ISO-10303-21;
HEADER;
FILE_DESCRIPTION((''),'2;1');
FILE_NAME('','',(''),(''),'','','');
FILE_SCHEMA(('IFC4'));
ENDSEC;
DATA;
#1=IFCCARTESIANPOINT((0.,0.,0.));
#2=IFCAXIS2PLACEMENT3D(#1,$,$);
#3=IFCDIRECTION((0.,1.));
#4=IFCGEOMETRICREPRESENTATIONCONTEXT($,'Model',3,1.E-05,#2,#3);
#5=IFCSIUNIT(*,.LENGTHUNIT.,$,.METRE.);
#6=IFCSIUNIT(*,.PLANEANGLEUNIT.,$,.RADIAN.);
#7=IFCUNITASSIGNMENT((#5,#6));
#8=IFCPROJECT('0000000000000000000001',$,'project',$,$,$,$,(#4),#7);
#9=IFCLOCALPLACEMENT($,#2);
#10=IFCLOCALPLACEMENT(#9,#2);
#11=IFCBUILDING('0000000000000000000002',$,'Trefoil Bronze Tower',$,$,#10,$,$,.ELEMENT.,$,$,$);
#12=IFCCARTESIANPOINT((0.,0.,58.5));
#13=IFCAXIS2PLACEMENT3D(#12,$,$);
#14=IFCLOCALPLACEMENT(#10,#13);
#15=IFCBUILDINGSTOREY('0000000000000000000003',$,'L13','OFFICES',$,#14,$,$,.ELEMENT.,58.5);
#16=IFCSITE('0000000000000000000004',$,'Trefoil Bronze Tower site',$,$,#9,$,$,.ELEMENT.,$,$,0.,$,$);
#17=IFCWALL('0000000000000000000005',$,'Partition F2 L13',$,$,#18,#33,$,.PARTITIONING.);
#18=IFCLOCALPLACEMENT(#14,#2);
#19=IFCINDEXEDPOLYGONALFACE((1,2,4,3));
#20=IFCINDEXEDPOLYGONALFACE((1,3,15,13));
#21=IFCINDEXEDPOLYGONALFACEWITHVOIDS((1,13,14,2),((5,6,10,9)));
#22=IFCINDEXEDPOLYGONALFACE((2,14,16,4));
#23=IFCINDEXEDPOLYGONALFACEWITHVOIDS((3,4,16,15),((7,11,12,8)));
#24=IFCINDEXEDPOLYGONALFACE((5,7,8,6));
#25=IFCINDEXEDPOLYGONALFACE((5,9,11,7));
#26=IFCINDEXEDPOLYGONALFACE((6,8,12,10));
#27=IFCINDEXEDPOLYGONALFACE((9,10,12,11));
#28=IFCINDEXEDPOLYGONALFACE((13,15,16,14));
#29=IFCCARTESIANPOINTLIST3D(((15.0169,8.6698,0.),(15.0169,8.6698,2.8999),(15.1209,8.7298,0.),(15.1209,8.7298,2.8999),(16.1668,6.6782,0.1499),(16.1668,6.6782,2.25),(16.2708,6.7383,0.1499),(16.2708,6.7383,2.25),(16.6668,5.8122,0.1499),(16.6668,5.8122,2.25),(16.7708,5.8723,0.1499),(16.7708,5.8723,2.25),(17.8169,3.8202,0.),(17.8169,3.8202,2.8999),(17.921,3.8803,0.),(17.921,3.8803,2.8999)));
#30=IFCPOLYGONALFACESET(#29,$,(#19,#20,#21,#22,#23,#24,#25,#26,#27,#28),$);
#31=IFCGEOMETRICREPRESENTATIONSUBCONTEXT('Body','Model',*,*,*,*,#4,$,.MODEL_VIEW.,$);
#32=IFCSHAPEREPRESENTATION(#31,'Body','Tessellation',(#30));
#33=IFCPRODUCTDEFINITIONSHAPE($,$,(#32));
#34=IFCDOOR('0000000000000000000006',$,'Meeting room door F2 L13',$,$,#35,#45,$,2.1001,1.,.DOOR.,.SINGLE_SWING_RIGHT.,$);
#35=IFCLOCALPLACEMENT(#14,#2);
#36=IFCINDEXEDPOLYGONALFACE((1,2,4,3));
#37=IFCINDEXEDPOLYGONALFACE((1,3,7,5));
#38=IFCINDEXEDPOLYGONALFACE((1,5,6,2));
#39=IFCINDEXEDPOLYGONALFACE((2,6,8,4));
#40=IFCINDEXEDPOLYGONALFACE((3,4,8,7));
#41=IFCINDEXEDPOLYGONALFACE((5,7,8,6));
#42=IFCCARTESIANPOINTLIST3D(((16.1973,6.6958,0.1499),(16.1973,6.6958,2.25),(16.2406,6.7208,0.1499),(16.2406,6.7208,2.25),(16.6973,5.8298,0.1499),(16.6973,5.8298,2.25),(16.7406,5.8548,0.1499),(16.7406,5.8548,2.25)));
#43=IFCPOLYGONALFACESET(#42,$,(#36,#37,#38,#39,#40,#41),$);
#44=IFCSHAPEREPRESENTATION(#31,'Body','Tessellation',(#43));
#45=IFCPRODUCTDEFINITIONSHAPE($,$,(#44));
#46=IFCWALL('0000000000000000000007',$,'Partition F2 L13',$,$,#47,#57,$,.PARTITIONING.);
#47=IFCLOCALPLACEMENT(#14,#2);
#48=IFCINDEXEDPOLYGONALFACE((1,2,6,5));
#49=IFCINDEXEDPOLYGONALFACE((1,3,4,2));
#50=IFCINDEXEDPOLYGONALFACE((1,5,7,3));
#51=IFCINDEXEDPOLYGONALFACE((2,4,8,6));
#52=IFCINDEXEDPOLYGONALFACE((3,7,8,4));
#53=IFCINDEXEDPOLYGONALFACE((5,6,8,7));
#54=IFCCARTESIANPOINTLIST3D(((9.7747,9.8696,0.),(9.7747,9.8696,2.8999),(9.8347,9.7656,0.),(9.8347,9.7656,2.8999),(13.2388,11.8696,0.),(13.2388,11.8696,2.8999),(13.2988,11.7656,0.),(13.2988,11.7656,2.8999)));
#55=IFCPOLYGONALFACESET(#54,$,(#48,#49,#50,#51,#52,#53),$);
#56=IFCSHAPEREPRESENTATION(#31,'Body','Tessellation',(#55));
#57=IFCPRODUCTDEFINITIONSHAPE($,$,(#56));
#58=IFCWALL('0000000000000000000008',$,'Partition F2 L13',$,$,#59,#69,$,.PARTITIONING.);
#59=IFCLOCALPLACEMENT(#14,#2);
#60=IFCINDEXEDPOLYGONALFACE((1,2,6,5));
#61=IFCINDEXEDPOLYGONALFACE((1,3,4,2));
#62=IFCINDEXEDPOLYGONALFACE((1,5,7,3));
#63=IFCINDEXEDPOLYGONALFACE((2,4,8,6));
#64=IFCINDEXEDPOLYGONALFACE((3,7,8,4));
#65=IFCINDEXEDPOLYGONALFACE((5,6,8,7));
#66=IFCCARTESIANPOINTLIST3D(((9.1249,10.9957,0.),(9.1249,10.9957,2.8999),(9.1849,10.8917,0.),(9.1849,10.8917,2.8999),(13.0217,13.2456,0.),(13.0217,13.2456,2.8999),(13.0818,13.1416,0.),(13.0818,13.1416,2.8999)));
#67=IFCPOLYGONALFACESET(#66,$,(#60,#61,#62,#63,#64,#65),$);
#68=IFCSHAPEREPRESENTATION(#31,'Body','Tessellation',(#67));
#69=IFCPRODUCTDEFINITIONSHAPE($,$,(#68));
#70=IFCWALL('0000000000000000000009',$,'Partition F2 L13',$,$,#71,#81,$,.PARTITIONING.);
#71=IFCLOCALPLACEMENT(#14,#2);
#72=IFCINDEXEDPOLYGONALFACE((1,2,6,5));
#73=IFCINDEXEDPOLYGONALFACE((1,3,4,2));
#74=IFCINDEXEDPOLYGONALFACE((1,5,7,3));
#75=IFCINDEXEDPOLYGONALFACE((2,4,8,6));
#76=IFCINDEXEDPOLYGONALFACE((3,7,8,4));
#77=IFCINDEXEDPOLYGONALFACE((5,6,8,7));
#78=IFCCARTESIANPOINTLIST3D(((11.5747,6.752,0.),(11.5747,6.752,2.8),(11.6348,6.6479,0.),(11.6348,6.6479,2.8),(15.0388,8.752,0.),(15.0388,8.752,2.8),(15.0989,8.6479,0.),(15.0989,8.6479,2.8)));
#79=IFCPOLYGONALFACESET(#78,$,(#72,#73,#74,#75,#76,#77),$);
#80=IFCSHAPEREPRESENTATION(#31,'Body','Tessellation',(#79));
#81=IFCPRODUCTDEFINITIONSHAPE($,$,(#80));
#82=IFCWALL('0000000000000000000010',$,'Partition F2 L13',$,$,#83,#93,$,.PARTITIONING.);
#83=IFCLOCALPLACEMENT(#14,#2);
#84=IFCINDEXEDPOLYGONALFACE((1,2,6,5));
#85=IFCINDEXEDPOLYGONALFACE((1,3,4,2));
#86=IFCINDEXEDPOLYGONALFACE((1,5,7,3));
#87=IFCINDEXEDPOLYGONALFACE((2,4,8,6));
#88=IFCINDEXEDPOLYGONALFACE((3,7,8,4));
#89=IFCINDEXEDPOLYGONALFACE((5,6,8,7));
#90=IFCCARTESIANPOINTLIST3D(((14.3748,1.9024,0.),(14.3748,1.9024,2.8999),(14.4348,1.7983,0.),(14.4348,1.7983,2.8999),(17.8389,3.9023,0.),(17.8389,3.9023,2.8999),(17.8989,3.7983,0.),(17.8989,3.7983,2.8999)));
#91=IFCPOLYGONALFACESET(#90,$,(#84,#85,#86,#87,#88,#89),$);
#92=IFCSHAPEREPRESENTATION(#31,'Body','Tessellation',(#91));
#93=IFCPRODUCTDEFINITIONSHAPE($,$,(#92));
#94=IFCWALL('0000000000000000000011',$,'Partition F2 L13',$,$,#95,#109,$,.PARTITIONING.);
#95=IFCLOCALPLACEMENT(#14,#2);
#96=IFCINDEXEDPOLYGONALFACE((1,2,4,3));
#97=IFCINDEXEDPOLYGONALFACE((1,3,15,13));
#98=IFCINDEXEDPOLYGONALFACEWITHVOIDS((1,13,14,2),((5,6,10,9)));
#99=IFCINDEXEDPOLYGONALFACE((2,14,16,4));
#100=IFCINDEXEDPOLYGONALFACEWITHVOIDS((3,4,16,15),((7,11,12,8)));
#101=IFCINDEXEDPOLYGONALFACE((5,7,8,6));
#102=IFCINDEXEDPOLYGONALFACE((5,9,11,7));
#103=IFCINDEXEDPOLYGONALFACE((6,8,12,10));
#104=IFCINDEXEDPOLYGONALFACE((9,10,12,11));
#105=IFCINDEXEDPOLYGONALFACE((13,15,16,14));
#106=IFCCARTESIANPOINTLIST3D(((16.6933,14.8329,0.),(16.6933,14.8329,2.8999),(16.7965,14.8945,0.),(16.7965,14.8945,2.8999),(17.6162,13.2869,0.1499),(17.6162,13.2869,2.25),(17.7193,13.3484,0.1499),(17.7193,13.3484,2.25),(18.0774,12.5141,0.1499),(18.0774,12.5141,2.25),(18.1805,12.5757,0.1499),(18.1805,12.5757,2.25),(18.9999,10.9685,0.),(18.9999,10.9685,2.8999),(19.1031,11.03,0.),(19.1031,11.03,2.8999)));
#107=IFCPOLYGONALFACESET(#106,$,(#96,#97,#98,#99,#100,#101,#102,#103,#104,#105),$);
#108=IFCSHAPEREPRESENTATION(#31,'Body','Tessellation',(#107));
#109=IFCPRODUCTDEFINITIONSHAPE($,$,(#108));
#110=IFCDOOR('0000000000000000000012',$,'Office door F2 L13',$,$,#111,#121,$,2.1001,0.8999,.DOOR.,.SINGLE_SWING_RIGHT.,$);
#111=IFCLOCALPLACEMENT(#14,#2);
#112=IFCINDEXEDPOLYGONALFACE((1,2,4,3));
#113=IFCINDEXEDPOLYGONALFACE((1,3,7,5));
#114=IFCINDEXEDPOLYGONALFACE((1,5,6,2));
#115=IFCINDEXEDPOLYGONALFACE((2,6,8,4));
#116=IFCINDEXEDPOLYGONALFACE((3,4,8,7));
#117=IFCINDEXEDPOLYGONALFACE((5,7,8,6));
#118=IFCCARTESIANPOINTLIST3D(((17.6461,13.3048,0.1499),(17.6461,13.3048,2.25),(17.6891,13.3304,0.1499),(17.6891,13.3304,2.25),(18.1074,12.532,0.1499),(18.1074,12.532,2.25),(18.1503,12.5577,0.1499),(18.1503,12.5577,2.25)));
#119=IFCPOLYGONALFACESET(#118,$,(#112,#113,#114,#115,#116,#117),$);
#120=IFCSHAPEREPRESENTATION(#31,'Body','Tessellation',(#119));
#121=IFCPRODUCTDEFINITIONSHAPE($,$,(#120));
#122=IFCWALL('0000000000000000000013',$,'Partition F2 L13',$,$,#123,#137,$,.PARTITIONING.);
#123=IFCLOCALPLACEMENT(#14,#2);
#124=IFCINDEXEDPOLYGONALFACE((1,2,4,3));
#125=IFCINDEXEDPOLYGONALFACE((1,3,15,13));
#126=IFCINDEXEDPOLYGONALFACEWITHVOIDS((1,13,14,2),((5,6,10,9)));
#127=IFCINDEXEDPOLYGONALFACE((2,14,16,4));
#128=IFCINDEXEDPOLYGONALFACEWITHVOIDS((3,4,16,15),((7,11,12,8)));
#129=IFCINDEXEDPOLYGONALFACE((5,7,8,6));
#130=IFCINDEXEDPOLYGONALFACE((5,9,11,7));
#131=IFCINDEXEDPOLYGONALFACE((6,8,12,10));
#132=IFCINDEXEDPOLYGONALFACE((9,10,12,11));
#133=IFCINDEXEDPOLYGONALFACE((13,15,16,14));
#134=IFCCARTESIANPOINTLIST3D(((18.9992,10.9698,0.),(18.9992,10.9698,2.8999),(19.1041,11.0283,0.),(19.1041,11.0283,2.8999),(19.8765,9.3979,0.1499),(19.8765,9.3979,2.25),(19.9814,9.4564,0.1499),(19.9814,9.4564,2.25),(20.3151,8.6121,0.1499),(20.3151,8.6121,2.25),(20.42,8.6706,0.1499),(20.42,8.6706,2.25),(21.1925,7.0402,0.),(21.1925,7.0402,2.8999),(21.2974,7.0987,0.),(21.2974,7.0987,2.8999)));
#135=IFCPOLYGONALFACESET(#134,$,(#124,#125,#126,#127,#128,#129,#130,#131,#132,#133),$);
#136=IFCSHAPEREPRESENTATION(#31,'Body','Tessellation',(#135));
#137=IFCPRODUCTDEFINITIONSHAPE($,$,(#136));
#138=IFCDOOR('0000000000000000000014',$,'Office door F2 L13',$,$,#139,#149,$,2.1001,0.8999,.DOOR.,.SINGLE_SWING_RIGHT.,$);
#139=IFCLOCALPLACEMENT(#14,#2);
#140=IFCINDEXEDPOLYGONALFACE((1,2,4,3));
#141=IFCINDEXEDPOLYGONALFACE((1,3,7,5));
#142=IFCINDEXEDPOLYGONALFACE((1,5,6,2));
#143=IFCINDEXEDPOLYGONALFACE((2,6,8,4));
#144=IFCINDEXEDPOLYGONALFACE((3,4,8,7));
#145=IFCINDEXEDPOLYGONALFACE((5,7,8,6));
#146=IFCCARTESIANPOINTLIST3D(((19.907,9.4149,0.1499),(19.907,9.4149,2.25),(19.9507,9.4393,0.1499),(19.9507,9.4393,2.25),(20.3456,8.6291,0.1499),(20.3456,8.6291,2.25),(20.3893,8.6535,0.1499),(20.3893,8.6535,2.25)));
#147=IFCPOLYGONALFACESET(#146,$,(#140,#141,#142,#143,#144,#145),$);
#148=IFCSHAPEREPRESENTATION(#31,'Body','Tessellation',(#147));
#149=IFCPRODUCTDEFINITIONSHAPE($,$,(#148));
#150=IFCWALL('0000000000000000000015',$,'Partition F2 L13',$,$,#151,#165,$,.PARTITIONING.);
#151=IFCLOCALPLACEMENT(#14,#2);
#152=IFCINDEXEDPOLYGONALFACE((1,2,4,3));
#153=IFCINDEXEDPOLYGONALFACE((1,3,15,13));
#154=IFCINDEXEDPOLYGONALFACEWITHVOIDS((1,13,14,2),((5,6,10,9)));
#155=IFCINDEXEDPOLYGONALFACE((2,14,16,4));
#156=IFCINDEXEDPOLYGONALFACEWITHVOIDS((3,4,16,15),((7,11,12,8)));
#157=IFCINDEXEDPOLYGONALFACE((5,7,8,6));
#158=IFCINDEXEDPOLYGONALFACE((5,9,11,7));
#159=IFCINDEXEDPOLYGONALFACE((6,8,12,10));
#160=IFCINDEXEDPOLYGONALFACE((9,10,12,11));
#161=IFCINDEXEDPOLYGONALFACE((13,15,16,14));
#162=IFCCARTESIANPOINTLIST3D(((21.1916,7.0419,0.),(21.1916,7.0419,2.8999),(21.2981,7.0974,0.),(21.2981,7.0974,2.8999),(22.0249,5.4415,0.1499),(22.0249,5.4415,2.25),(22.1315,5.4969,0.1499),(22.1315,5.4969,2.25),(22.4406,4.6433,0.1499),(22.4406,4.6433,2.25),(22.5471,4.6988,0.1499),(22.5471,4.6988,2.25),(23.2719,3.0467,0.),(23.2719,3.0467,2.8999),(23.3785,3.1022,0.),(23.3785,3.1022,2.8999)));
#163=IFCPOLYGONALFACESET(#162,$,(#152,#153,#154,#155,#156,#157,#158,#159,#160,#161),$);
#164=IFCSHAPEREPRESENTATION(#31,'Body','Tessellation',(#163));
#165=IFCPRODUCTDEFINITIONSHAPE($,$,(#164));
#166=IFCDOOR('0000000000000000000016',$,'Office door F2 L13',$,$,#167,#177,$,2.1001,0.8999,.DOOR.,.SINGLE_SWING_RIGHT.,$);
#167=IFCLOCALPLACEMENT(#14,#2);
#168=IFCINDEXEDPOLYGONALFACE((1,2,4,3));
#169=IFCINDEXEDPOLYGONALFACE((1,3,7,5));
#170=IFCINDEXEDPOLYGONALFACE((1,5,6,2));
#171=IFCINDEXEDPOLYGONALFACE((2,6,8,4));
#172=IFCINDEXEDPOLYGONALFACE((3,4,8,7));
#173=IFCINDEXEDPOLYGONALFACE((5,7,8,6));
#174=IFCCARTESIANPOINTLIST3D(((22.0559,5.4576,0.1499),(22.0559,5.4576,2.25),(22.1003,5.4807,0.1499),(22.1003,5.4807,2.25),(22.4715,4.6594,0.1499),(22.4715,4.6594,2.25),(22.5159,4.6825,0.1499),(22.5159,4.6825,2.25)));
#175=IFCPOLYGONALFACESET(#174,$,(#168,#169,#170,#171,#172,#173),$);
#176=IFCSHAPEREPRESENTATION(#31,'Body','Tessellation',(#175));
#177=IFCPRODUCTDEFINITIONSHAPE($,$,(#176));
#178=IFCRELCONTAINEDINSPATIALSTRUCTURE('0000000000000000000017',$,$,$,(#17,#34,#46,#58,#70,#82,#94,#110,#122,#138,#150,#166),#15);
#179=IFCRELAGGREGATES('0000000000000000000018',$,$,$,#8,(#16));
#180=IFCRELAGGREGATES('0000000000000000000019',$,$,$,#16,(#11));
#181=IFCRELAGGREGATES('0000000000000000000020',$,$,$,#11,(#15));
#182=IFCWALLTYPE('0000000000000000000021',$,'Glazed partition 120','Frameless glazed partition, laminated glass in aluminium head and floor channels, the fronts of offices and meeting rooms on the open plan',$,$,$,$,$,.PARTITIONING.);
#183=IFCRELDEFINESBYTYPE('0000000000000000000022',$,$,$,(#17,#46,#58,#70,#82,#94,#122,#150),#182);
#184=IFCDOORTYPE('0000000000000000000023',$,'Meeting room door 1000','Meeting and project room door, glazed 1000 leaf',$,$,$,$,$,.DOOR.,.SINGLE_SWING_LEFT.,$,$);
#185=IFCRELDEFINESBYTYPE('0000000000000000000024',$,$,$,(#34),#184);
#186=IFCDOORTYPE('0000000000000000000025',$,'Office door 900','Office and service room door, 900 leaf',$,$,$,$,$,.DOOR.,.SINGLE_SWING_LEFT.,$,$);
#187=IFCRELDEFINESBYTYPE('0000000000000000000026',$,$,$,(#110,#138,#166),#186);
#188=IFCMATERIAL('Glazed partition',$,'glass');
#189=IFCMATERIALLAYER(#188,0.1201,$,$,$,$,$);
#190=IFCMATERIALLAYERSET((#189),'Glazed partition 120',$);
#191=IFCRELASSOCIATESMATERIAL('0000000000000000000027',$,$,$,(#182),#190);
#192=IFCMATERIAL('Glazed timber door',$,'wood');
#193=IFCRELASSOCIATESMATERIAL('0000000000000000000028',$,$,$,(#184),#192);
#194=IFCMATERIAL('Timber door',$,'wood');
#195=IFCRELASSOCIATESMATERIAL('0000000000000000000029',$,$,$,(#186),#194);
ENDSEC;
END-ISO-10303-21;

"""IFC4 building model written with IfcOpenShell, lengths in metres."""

from ifc_helpers import new_model, si_unit, direction, frame, frame_2d, origin, place, context, subcontext, project, spatial, rectangle, extrude, material, layer, layer_set, type_object, element, fill, save


model = new_model("IFC4")

# Units and contexts
model_context = context("Model", 3, precision=1e-05, world=origin(), true_north=direction((0.0, 1.0)))
body_context = subcontext(model_context, "Body", "Model", "MODEL_VIEW")
ifc_project = project(units=[si_unit("LENGTHUNIT", "METRE"), si_unit("PLANEANGLEUNIT", "RADIAN")], contexts=[model_context])

# Site, building, storey
site_placement = place(None, origin())
site = spatial("IfcSite", under=ifc_project, at=site_placement, Name="Trefoil Bronze Tower site", CompositionType="ELEMENT", RefElevation=0.0)
building_placement = place(site_placement, origin())
building = spatial("IfcBuilding", under=site, at=building_placement, Name="Trefoil Bronze Tower", CompositionType="ELEMENT")
storey_placement = place(building_placement, frame((0.0, 0.0, 58.5)))
storey = spatial("IfcBuildingStorey", under=building, at=storey_placement, Name="L13", Description="OFFICES", CompositionType="ELEMENT", Elevation=58.5)

# Wall, opening, door
ifc_material_1 = material(Name="Glazed partition", Category="glass")
ifc_layer_1 = layer(ifc_material_1, 0.1201)
ifc_layer_set_1 = layer_set([ifc_layer_1], Name="Glazed partition 120")
wall_type_1 = type_object("IfcWallType", Name="Glazed partition 120", Description="Frameless glazed partition, laminated glass in aluminium head and floor channels, the fronts of offices and meeting rooms on the open plan", PredefinedType="PARTITIONING", material=ifc_layer_set_1)
ifc_material_2 = material(Name="Glazed timber door", Category="wood")
door_type_1 = type_object("IfcDoorType", Name="Meeting room door 1000", Description="Meeting and project room door, glazed 1000 leaf", OperationType="SINGLE_SWING_LEFT", PredefinedType="DOOR", material=ifc_material_2)
wall_1_placement = place(storey_placement, frame((17.8689, 3.8503, 0.0), z_axis=(0.0, 0.0, 1.0), x_axis=(-0.500017, 0.866016, 0.0)))
wall_1 = element("IfcWall", 1, at=wall_1_placement, inside=storey, type_object=wall_type_1, Name="Partition F2 L13", PredefinedType="PARTITIONING", context=body_context, shape_type="SweptSolid", body=[
    extrude(rectangle(XDim=5.5999, YDim=0.1201, at=frame_2d((2.7998, 0.0))), origin(), (0.0, 0.0, 1.0), 2.8999),
])
opening_1_placement = place(wall_1_placement, frame((2.3, 0.0, 0.1499)))
opening_1 = element("IfcOpeningElement", 2, at=opening_1_placement, cuts=wall_1, PredefinedType="OPENING", context=body_context, shape_type="SweptSolid", body=[
    extrude(rectangle(XDim=1.0, YDim=2.1001, at=frame_2d((0.5, 1.05))), frame((0.0, 0.0701, 0.0), z_axis=(0.0, -1.0, 0.0), x_axis=(1.0, 0.0, 0.0)), (0.0, 0.0, 1.0), 0.1401),
])
door_1_placement = place(opening_1_placement, origin())
door_1 = element("IfcDoor", 3, at=door_1_placement, inside=storey, type_object=door_type_1, Name="Meeting room door F2 L13", OperationType="SINGLE_SWING_RIGHT", OverallHeight=2.1001, OverallWidth=1.0, PredefinedType="DOOR", context=body_context, shape_type="SweptSolid", body=[
    extrude(rectangle(XDim=1.0, YDim=2.1001, at=frame_2d((0.5, 1.05))), frame((0.0, 0.0249, 0.0), z_axis=(0.0, -1.0, 0.0), x_axis=(1.0, 0.0, 0.0)), (0.0, 0.0, 1.0), 0.05),
])
fill(opening_1, door_1)

# Walls
wall_2_placement = place(storey_placement, frame((9.8047, 9.8176, 0.0), z_axis=(0.0, 0.0, 1.0), x_axis=(0.866026, 0.499999, 0.0)))
element("IfcWall", 4, at=wall_2_placement, inside=storey, type_object=wall_type_1, Name="Partition F2 L13", PredefinedType="PARTITIONING", context=body_context, shape_type="SweptSolid", body=[
    extrude(rectangle(XDim=4.0, YDim=0.1201, at=frame_2d((2.0, 0.0))), origin(), (0.0, 0.0, 1.0), 2.8999),
])
wall_3_placement = place(storey_placement, frame((9.1548, 10.9436, 0.0), z_axis=(0.0, 0.0, 1.0), x_axis=(0.866018, 0.500014, 0.0)))
element("IfcWall", 5, at=wall_3_placement, inside=storey, type_object=wall_type_1, Name="Partition F2 L13", PredefinedType="PARTITIONING", context=body_context, shape_type="SweptSolid", body=[
    extrude(rectangle(XDim=4.4998, YDim=0.1201, at=frame_2d((2.25, 0.0))), origin(), (0.0, 0.0, 1.0), 2.8999),
])
wall_4_placement = place(storey_placement, frame((11.6047, 6.7, 0.0), z_axis=(0.0, 0.0, 1.0), x_axis=(0.866026, 0.499999, 0.0)))
element("IfcWall", 6, at=wall_4_placement, inside=storey, type_object=wall_type_1, Name="Partition F2 L13", PredefinedType="PARTITIONING", context=body_context, shape_type="SweptSolid", body=[
    extrude(rectangle(XDim=4.0, YDim=0.1201, at=frame_2d((2.0, 0.0))), origin(), (0.0, 0.0, 1.0), 2.8),
])
wall_5_placement = place(storey_placement, frame((14.4048, 1.8503, 0.0), z_axis=(0.0, 0.0, 1.0), x_axis=(0.866026, 0.499999, 0.0)))
element("IfcWall", 7, at=wall_5_placement, inside=storey, type_object=wall_type_1, Name="Partition F2 L13", PredefinedType="PARTITIONING", context=body_context, shape_type="SweptSolid", body=[
    extrude(rectangle(XDim=4.0, YDim=0.1201, at=frame_2d((2.0, 0.0))), origin(), (0.0, 0.0, 1.0), 2.8999),
])

# Walls, openings, doors
wall_6_placement = place(storey_placement, frame((19.0515, 10.9993, 0.0), z_axis=(0.0, 0.0, 1.0), x_axis=(-0.512524, 0.858673, 0.0)))
wall_6 = element("IfcWall", 8, at=wall_6_placement, inside=storey, type_object=wall_type_1, Name="Partition F2 L13", PredefinedType="PARTITIONING", context=body_context, shape_type="SweptSolid", body=[
    extrude(rectangle(XDim=4.5005, YDim=0.1201, at=frame_2d((2.2502, 0.0))), origin(), (0.0, 0.0, 1.0), 2.8999),
])
opening_2_placement = place(wall_6_placement, frame((1.8, 0.0, 0.1499)))
opening_2 = element("IfcOpeningElement", 9, at=opening_2_placement, cuts=wall_6, PredefinedType="OPENING", context=body_context, shape_type="SweptSolid", body=[
    extrude(rectangle(XDim=0.8999, YDim=2.1001, at=frame_2d((0.45, 1.05))), frame((0.0, 0.0701, 0.0), z_axis=(0.0, -1.0, 0.0), x_axis=(1.0, 0.0, 0.0)), (0.0, 0.0, 1.0), 0.1401),
])
ifc_material_3 = material(Name="Timber door", Category="wood")
door_type_2 = type_object("IfcDoorType", Name="Office door 900", Description="Office and service room door, 900 leaf", OperationType="SINGLE_SWING_LEFT", PredefinedType="DOOR", material=ifc_material_3)
door_2_placement = place(opening_2_placement, frame((0.8999, 0.0, 0.0), z_axis=(0.0, 0.0, 1.0), x_axis=(-1.0, 0.0, 0.0)))
door_2 = element("IfcDoor", 10, at=door_2_placement, inside=storey, type_object=door_type_2, Name="Office door F2 L13", OperationType="SINGLE_SWING_RIGHT", OverallHeight=2.1001, OverallWidth=0.8999, PredefinedType="DOOR", context=body_context, shape_type="SweptSolid", body=[
    extrude(rectangle(XDim=0.8999, YDim=2.1001, at=frame_2d((0.45, 1.05))), frame((0.0, 0.0249, 0.0), z_axis=(0.0, -1.0, 0.0), x_axis=(1.0, 0.0, 0.0)), (0.0, 0.0, 1.0), 0.05),
])
fill(opening_2, door_2)
wall_7_placement = place(storey_placement, frame((21.2449, 7.0696, 0.0), z_axis=(0.0, 0.0, 1.0), x_axis=(-0.487374, 0.873193, 0.0)))
wall_7 = element("IfcWall", 11, at=wall_7_placement, inside=storey, type_object=wall_type_1, Name="Partition F2 L13", PredefinedType="PARTITIONING", context=body_context, shape_type="SweptSolid", body=[
    extrude(rectangle(XDim=4.5002, YDim=0.1201, at=frame_2d((2.25, 0.0))), origin(), (0.0, 0.0, 1.0), 2.8999),
])
opening_3_placement = place(wall_7_placement, frame((1.8, 0.0, 0.1499)))
opening_3 = element("IfcOpeningElement", 12, at=opening_3_placement, cuts=wall_7, PredefinedType="OPENING", context=body_context, shape_type="SweptSolid", body=[
    extrude(rectangle(XDim=0.8999, YDim=2.1001, at=frame_2d((0.45, 1.05))), frame((0.0, 0.0701, 0.0), z_axis=(0.0, -1.0, 0.0), x_axis=(1.0, 0.0, 0.0)), (0.0, 0.0, 1.0), 0.1401),
])
door_3_placement = place(opening_3_placement, frame((0.8999, 0.0, 0.0), z_axis=(0.0, 0.0, 1.0), x_axis=(-1.0, 0.0, 0.0)))
door_3 = element("IfcDoor", 13, at=door_3_placement, inside=storey, type_object=door_type_2, Name="Office door F2 L13", OperationType="SINGLE_SWING_RIGHT", OverallHeight=2.1001, OverallWidth=0.8999, PredefinedType="DOOR", context=body_context, shape_type="SweptSolid", body=[
    extrude(rectangle(XDim=0.8999, YDim=2.1001, at=frame_2d((0.45, 1.05))), frame((0.0, 0.0249, 0.0), z_axis=(0.0, -1.0, 0.0), x_axis=(1.0, 0.0, 0.0)), (0.0, 0.0, 1.0), 0.05),
])
fill(opening_3, door_3)
wall_8_placement = place(storey_placement, frame((23.3252, 3.0745, 0.0), z_axis=(0.0, 0.0, 1.0), x_axis=(-0.461853, 0.886957, 0.0)))
wall_8 = element("IfcWall", 14, at=wall_8_placement, inside=storey, type_object=wall_type_1, Name="Partition F2 L13", PredefinedType="PARTITIONING", context=body_context, shape_type="SweptSolid", body=[
    extrude(rectangle(XDim=4.5044, YDim=0.1201, at=frame_2d((2.2522, 0.0))), origin(), (0.0, 0.0, 1.0), 2.8999),
])
opening_4_placement = place(wall_8_placement, frame((1.8, 0.0, 0.1499)))
opening_4 = element("IfcOpeningElement", 15, at=opening_4_placement, cuts=wall_8, PredefinedType="OPENING", context=body_context, shape_type="SweptSolid", body=[
    extrude(rectangle(XDim=0.8999, YDim=2.1001, at=frame_2d((0.45, 1.05))), frame((0.0, 0.0701, 0.0), z_axis=(0.0, -1.0, 0.0), x_axis=(1.0, 0.0, 0.0)), (0.0, 0.0, 1.0), 0.1401),
])
door_4_placement = place(opening_4_placement, frame((0.8999, 0.0, 0.0), z_axis=(0.0, 0.0, 1.0), x_axis=(-1.0, 0.0, 0.0)))
door_4 = element("IfcDoor", 16, at=door_4_placement, inside=storey, type_object=door_type_2, Name="Office door F2 L13", OperationType="SINGLE_SWING_RIGHT", OverallHeight=2.1001, OverallWidth=0.8999, PredefinedType="DOOR", context=body_context, shape_type="SweptSolid", body=[
    extrude(rectangle(XDim=0.8999, YDim=2.1001, at=frame_2d((0.45, 1.05))), frame((0.0, 0.0249, 0.0), z_axis=(0.0, -1.0, 0.0), x_axis=(1.0, 0.0, 0.0)), (0.0, 0.0, 1.0), 0.05),
])
fill(opening_4, door_4)

save(model, "model.ifc")
